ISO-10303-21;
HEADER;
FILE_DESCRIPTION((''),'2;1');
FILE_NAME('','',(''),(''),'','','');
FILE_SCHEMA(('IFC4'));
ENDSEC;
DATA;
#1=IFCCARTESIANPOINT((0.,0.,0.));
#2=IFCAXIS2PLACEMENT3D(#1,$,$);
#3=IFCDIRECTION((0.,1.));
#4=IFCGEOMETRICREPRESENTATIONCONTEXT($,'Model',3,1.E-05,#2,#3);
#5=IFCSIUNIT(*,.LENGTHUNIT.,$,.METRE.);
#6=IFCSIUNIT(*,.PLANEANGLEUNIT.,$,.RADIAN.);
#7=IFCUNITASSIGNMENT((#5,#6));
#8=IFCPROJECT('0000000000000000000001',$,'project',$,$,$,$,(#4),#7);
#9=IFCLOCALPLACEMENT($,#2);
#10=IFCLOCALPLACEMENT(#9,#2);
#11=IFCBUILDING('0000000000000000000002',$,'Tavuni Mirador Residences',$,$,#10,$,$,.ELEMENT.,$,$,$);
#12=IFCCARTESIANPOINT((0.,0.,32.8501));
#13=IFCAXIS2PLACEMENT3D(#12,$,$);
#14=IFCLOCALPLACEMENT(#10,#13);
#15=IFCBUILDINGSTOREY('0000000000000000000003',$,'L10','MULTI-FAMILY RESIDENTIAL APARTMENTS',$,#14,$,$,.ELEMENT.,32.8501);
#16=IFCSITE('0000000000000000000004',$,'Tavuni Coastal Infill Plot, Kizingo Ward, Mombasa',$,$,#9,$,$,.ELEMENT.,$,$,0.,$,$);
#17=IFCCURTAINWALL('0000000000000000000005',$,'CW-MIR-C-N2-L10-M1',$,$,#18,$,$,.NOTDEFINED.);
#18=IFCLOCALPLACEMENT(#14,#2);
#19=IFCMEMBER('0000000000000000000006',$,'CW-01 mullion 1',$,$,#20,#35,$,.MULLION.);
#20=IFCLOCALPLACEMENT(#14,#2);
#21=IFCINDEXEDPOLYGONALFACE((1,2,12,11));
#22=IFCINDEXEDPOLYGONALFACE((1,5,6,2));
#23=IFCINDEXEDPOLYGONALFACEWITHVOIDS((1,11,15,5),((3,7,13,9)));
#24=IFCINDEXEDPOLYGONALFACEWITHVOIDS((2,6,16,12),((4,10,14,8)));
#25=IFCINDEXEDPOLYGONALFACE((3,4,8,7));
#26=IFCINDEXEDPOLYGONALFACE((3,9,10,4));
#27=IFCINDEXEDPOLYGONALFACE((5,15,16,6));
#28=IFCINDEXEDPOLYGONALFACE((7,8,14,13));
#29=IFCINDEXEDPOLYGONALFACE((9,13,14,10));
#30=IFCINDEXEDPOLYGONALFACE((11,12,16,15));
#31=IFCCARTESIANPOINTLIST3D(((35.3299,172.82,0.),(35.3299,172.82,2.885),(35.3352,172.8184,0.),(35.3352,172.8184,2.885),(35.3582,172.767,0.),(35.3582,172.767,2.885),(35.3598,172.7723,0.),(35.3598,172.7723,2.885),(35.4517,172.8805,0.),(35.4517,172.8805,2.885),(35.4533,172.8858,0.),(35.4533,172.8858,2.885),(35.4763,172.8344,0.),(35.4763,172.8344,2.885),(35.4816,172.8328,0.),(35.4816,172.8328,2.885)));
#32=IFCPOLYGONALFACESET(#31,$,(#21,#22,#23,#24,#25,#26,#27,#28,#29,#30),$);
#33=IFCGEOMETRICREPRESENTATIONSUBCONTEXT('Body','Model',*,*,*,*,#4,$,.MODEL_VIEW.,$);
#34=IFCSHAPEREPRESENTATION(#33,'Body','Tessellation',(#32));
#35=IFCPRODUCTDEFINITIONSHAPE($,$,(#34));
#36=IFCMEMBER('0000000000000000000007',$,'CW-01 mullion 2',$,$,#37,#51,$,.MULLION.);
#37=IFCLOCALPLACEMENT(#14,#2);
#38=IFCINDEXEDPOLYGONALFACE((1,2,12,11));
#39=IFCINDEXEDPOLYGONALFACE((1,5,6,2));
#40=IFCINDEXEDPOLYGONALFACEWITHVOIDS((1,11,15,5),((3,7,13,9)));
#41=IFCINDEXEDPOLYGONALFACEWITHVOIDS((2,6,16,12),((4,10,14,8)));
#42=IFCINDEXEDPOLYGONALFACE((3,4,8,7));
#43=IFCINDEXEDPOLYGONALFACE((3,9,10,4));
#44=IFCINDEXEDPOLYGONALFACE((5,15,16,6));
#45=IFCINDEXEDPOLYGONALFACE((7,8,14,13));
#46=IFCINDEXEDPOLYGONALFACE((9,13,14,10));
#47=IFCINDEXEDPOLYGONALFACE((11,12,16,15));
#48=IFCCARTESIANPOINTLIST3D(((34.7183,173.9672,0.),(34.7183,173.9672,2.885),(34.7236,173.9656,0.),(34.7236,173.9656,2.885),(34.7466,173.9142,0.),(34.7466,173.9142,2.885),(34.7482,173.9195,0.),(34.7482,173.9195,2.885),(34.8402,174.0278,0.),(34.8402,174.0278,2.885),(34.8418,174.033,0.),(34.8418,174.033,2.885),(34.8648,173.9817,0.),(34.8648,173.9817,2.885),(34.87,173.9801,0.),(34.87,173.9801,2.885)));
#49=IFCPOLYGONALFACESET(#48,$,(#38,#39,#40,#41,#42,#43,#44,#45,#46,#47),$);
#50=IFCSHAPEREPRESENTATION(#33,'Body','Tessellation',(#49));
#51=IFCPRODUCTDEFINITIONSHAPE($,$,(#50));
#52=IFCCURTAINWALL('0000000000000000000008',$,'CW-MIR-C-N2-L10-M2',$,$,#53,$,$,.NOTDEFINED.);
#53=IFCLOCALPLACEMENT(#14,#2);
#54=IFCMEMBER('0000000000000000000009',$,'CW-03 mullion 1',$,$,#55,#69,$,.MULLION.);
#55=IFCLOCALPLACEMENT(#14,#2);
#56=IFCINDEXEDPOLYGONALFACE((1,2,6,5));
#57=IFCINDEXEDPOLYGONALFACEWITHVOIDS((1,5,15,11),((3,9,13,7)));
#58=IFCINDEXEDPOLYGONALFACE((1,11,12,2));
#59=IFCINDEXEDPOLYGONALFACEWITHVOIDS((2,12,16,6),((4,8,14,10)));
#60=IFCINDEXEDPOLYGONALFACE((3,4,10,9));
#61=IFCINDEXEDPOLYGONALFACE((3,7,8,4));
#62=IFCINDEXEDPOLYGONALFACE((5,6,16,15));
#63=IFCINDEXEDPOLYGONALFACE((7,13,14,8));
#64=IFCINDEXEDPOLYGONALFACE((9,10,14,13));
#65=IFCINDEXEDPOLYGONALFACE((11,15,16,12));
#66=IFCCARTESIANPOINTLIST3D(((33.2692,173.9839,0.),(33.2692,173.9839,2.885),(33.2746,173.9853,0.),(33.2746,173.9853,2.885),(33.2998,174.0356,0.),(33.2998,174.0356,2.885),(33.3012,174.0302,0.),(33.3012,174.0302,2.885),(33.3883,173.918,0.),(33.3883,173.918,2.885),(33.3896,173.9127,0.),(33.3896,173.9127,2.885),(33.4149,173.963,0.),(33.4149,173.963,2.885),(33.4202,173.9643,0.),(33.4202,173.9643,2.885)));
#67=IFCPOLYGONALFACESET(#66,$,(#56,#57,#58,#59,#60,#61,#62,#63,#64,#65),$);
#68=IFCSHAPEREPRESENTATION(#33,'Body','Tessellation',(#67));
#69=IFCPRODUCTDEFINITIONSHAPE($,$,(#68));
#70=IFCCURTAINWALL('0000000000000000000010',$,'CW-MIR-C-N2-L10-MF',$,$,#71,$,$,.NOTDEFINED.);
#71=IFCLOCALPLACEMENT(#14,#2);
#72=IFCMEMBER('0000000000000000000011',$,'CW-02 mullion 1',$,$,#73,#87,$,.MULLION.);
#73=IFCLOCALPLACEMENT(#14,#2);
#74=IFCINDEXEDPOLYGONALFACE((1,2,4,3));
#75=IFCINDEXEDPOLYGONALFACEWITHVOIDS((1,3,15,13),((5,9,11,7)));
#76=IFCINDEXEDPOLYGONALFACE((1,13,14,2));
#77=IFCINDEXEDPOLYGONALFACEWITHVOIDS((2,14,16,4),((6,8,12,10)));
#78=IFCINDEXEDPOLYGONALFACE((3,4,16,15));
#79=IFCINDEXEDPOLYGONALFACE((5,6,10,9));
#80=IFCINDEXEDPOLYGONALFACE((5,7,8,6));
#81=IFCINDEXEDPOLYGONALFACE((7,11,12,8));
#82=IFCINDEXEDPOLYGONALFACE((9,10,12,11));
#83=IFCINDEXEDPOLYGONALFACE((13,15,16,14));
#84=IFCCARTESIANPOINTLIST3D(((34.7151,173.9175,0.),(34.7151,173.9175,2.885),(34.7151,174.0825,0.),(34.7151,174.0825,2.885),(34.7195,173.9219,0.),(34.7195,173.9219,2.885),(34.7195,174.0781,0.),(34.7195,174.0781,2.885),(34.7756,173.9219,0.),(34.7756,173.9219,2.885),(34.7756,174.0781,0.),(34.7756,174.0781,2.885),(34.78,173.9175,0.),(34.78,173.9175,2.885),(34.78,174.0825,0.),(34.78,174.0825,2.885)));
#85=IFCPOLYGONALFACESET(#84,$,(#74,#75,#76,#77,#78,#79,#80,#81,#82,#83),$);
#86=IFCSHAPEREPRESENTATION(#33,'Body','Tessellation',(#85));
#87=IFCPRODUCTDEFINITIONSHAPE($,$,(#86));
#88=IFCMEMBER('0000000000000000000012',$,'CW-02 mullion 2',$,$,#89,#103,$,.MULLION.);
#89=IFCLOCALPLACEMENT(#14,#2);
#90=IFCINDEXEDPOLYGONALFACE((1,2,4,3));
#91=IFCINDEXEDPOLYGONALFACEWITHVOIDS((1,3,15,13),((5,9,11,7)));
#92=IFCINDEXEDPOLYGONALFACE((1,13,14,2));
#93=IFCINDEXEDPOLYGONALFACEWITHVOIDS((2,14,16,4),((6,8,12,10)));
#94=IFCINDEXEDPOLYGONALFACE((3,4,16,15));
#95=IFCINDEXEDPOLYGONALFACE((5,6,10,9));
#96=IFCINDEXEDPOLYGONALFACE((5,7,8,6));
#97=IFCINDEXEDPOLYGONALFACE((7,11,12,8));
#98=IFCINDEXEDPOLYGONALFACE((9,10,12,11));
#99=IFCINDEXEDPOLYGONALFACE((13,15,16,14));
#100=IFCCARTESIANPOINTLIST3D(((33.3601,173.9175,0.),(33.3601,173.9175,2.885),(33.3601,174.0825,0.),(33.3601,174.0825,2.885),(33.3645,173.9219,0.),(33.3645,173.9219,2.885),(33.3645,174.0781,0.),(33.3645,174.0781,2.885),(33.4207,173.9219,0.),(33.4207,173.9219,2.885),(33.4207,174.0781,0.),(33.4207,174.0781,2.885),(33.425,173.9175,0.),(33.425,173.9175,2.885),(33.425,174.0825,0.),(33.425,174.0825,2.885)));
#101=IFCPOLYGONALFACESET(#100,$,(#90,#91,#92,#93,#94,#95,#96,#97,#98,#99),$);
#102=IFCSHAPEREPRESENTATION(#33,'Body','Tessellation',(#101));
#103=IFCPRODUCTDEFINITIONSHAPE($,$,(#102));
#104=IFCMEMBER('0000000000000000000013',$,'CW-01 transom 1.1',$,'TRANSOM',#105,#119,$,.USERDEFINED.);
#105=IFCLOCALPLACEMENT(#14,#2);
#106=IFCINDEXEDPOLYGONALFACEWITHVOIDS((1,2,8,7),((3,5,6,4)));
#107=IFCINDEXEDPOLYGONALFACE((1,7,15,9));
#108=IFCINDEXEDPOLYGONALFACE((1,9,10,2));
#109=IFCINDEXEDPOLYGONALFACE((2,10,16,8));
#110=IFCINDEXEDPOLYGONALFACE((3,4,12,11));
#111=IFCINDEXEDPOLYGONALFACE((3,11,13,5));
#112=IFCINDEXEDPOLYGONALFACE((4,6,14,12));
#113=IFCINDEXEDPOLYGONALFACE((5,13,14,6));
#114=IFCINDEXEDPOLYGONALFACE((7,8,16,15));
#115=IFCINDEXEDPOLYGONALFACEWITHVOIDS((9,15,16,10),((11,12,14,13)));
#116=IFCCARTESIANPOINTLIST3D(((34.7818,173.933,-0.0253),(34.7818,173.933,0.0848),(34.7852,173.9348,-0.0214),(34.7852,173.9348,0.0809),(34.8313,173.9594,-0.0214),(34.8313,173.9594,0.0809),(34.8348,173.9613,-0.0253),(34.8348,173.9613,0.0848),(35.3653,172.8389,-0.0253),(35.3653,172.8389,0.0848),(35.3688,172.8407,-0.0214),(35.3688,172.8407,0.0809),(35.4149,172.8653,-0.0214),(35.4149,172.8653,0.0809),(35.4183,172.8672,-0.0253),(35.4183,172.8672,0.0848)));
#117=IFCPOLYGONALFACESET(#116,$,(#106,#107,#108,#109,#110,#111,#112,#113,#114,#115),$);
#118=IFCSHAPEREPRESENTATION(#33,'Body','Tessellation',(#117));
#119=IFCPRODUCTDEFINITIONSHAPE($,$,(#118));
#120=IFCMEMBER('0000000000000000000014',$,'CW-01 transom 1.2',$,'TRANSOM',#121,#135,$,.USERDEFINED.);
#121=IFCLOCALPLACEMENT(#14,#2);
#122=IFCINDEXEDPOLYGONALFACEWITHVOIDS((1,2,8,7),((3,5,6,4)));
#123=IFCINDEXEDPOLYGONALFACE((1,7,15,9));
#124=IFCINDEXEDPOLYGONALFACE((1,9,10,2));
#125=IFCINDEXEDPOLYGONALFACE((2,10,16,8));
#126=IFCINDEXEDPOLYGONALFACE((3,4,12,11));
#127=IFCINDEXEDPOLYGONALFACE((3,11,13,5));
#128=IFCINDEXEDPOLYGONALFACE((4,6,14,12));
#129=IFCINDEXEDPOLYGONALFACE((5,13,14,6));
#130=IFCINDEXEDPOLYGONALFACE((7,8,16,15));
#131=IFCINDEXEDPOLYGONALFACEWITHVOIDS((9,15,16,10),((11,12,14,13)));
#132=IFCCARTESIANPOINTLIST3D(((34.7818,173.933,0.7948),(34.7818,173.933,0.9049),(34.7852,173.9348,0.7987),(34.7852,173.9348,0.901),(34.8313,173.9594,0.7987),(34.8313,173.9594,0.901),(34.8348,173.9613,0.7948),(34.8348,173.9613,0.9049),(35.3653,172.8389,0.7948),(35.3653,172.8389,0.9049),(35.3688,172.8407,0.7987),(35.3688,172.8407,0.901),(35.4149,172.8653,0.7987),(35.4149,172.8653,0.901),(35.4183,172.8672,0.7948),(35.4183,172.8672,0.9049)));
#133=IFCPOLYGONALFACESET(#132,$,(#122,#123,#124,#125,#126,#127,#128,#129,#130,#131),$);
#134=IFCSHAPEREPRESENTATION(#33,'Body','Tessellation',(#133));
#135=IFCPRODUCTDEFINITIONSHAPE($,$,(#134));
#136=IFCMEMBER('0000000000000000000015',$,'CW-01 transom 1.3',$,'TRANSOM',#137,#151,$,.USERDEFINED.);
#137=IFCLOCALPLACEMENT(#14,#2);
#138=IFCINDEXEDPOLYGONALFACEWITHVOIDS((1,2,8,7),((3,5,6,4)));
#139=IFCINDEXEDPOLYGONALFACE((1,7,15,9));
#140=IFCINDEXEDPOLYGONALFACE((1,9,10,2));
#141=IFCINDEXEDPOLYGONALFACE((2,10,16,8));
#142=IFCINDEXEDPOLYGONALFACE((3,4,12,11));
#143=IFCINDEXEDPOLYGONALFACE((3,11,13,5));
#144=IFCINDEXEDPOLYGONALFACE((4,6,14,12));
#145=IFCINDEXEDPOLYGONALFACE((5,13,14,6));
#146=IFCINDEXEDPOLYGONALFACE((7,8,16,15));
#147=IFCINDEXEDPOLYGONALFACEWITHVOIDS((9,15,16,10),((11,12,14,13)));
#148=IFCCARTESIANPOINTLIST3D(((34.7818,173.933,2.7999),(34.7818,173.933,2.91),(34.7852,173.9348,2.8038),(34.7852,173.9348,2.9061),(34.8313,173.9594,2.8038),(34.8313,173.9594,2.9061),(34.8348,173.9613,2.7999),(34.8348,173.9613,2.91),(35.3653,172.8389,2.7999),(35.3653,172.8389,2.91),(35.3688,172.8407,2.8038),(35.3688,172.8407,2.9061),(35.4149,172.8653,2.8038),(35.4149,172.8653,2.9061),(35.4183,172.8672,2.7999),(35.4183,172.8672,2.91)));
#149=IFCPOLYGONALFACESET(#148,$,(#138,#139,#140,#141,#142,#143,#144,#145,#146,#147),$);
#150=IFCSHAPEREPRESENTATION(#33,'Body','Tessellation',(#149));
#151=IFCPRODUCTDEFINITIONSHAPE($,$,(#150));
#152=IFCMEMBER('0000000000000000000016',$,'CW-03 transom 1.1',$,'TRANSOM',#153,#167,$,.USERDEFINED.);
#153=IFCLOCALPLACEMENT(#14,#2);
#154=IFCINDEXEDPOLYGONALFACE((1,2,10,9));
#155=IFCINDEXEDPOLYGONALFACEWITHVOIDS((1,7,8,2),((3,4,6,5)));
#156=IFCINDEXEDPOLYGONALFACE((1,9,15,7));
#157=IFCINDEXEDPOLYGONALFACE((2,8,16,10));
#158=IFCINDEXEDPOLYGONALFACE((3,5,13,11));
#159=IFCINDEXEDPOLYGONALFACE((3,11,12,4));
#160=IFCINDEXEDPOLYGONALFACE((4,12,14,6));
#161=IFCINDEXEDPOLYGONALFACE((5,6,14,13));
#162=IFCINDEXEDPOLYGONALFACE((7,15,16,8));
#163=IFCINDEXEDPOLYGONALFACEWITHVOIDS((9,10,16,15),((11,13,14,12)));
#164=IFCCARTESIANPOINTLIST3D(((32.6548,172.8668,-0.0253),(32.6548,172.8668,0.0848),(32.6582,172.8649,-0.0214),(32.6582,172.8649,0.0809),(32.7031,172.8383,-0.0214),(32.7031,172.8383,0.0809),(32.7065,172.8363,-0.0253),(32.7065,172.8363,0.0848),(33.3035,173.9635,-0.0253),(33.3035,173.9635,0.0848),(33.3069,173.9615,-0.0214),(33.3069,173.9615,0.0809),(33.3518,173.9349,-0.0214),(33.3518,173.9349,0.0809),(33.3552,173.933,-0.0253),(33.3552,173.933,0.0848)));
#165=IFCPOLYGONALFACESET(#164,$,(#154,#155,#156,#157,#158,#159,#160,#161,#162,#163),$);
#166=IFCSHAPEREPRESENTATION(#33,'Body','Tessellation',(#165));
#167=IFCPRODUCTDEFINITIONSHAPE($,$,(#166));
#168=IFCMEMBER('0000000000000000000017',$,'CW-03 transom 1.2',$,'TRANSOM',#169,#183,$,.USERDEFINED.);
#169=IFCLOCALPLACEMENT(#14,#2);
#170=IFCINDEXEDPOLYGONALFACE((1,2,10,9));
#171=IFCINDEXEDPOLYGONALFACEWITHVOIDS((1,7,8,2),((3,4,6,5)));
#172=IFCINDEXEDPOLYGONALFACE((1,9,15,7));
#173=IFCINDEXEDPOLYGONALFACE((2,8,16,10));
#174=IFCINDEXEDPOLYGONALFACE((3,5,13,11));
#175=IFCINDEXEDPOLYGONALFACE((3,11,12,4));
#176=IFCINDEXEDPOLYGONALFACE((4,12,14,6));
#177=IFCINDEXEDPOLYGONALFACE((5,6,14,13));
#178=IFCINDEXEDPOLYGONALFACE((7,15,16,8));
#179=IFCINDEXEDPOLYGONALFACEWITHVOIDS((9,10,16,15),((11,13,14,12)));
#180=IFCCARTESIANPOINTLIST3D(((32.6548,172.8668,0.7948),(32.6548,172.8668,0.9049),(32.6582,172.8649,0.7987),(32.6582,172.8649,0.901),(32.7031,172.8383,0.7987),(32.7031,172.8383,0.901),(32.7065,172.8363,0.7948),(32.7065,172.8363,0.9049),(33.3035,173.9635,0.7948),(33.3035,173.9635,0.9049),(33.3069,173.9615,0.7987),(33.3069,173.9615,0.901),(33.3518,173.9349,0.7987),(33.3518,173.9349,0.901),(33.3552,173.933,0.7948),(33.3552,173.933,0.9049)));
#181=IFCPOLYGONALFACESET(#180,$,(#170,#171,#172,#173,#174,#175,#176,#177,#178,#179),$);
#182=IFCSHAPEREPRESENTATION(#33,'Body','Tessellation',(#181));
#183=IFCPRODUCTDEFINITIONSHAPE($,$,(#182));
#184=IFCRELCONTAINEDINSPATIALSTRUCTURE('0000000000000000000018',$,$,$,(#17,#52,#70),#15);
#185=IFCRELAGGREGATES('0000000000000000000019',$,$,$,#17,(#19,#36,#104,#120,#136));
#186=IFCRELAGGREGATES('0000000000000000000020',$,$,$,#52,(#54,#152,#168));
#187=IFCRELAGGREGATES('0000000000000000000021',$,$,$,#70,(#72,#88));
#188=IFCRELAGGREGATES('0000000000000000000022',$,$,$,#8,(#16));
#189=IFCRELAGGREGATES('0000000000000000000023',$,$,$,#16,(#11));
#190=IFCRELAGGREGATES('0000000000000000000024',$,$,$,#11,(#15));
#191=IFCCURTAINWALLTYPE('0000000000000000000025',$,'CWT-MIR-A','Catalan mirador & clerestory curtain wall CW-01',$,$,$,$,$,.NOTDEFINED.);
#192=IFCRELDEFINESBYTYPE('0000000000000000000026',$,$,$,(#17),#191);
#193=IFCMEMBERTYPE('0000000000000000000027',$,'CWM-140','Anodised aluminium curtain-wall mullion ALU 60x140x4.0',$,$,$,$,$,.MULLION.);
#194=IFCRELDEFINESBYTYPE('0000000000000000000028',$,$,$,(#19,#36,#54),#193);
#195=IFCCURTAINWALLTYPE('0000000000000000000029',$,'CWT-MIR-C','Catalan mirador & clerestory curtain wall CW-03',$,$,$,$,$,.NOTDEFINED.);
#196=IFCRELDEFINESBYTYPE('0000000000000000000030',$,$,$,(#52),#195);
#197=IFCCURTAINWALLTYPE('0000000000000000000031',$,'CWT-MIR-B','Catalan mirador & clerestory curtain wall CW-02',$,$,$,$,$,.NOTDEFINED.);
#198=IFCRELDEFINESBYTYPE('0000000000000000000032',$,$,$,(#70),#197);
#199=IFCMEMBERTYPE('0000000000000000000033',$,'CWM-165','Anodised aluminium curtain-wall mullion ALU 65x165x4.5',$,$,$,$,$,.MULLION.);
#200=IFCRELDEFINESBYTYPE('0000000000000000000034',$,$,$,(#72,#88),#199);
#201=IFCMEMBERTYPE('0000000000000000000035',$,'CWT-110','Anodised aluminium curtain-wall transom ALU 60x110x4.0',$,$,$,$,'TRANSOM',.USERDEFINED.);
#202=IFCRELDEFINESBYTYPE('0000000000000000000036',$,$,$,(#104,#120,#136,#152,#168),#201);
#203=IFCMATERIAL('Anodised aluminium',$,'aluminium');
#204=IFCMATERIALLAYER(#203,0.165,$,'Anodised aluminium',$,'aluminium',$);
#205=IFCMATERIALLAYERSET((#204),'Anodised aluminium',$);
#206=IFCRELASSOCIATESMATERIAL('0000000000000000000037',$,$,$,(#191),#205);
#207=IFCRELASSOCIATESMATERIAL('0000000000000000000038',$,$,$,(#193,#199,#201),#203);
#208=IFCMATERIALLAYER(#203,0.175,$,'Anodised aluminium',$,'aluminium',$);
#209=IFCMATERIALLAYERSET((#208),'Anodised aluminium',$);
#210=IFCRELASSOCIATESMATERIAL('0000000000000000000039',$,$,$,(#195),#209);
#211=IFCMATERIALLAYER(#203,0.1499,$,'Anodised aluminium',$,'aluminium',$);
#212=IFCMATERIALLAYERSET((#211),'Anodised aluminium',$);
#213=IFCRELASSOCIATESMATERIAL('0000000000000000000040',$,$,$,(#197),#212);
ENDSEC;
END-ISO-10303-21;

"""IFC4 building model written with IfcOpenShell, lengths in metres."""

from ifc_helpers import new_model, si_unit, direction, frame, origin, origin_2d, place, context, subcontext, project, spatial, hollow_rectangle, extrude, material, layer, layer_set, material_profile, profile_set, type_object, element, aggregate, save


model = new_model("IFC4")

# Units and contexts
model_context = context("Model", 3, precision=1e-05, world=origin(), true_north=direction((0.0, 1.0)))
body_context = subcontext(model_context, "Body", "Model", "MODEL_VIEW")
ifc_project = project(units=[si_unit("LENGTHUNIT", "METRE"), si_unit("PLANEANGLEUNIT", "RADIAN")], contexts=[model_context])

# Site, building, storey
site_placement = place(None, origin())
site = spatial("IfcSite", under=ifc_project, at=site_placement, Name="Tavuni Coastal Infill Plot, Kizingo Ward, Mombasa", CompositionType="ELEMENT", RefElevation=0.0)
building_placement = place(site_placement, origin())
building = spatial("IfcBuilding", under=site, at=building_placement, Name="Tavuni Mirador Residences", CompositionType="ELEMENT")
storey_placement = place(building_placement, frame((0.0, 0.0, 32.8501)))
storey = spatial("IfcBuildingStorey", under=building, at=storey_placement, Name="L10", Description="MULTI-FAMILY RESIDENTIAL APARTMENTS", CompositionType="ELEMENT", Elevation=32.8501)

# Curtain wall, members
ifc_material_1 = material(Name="Anodised aluminium", Category="aluminium")
ifc_layer_1 = layer(ifc_material_1, 0.165, Name="Anodised aluminium", Category="aluminium")
ifc_layer_set_1 = layer_set([ifc_layer_1], Name="Anodised aluminium")
curtain_wall_type_1 = type_object("IfcCurtainWallType", Name="CWT-MIR-A", Description="Catalan mirador & clerestory curtain wall CW-01", PredefinedType="NOTDEFINED", material=ifc_layer_set_1)
curtain_wall_1_placement = place(storey_placement, origin())
curtain_wall_1 = element("IfcCurtainWall", 1, at=curtain_wall_1_placement, inside=storey, type_object=curtain_wall_type_1, Name="CW-MIR-C-N2-L10-M1", PredefinedType="NOTDEFINED")
ifc_material_profile_1 = material_profile(ifc_material_1, hollow_rectangle(XDim=0.0601, YDim=0.1399, WallThickness=0.0039, at=origin_2d()), Name="ALU 60x140x4.0", Category="aluminium")
ifc_profile_set_1 = profile_set([ifc_material_profile_1], Name="Anodised aluminium")
member_type_1 = type_object("IfcMemberType", Name="CWM-140", Description="Anodised aluminium curtain-wall mullion ALU 60x140x4.0", PredefinedType="MULLION", material=ifc_profile_set_1)
member_1_placement = place(storey_placement, frame((35.4058, 172.8264, 0.0), z_axis=(0.0, 0.0, 1.0), x_axis=(-0.470588, 0.882353, 0.0)))
member_1 = element("IfcMember", 2, at=member_1_placement, type_object=member_type_1, Name="CW-01 mullion 1", PredefinedType="MULLION", context=body_context, shape_type="SweptSolid", body=[
    extrude(hollow_rectangle(XDim=0.0601, YDim=0.1399, WallThickness=0.0039, at=origin_2d()), origin(), (0.0, 0.0, 1.0), 2.885),
])
member_2_placement = place(storey_placement, frame((34.7942, 173.9736, 0.0), z_axis=(0.0, 0.0, 1.0), x_axis=(-0.470588, 0.882353, 0.0)))
member_2 = element("IfcMember", 3, at=member_2_placement, type_object=member_type_1, Name="CW-01 mullion 2", PredefinedType="MULLION", context=body_context, shape_type="SweptSolid", body=[
    extrude(hollow_rectangle(XDim=0.0601, YDim=0.1399, WallThickness=0.0039, at=origin_2d()), origin(), (0.0, 0.0, 1.0), 2.885),
])

# Curtain wall, member
ifc_layer_2 = layer(ifc_material_1, 0.175, Name="Anodised aluminium", Category="aluminium")
ifc_layer_set_2 = layer_set([ifc_layer_2], Name="Anodised aluminium")
curtain_wall_type_2 = type_object("IfcCurtainWallType", Name="CWT-MIR-C", Description="Catalan mirador & clerestory curtain wall CW-03", PredefinedType="NOTDEFINED", material=ifc_layer_set_2)
curtain_wall_2_placement = place(storey_placement, origin())
curtain_wall_2 = element("IfcCurtainWall", 4, at=curtain_wall_2_placement, inside=storey, type_object=curtain_wall_type_2, Name="CW-MIR-C-N2-L10-M2", PredefinedType="NOTDEFINED")
member_3_placement = place(storey_placement, frame((33.3447, 173.9741, 0.0), z_axis=(0.0, 0.0, 1.0), x_axis=(-0.509212, -0.860641, 0.0)))
member_3 = element("IfcMember", 5, at=member_3_placement, type_object=member_type_1, Name="CW-03 mullion 1", PredefinedType="MULLION", context=body_context, shape_type="SweptSolid", body=[
    extrude(hollow_rectangle(XDim=0.0601, YDim=0.1399, WallThickness=0.0039, at=origin_2d()), origin(), (0.0, 0.0, 1.0), 2.885),
])

# Curtain wall, members
ifc_layer_3 = layer(ifc_material_1, 0.1499, Name="Anodised aluminium", Category="aluminium")
ifc_layer_set_3 = layer_set([ifc_layer_3], Name="Anodised aluminium")
curtain_wall_type_3 = type_object("IfcCurtainWallType", Name="CWT-MIR-B", Description="Catalan mirador & clerestory curtain wall CW-02", PredefinedType="NOTDEFINED", material=ifc_layer_set_3)
curtain_wall_3_placement = place(storey_placement, origin())
curtain_wall_3 = element("IfcCurtainWall", 6, at=curtain_wall_3_placement, inside=storey, type_object=curtain_wall_type_3, Name="CW-MIR-C-N2-L10-MF", PredefinedType="NOTDEFINED")
ifc_material_profile_2 = material_profile(ifc_material_1, hollow_rectangle(XDim=0.0649, YDim=0.165, WallThickness=0.0044, at=origin_2d()), Name="ALU 65x165x4.5", Category="aluminium")
ifc_profile_set_2 = profile_set([ifc_material_profile_2], Name="Anodised aluminium")
member_type_2 = type_object("IfcMemberType", Name="CWM-165", Description="Anodised aluminium curtain-wall mullion ALU 65x165x4.5", PredefinedType="MULLION", material=ifc_profile_set_2)
member_4_placement = place(storey_placement, frame((34.7476, 174.0, 0.0), z_axis=(0.0, 0.0, 1.0), x_axis=(-1.0, 0.0, 0.0)))
member_4 = element("IfcMember", 7, at=member_4_placement, type_object=member_type_2, Name="CW-02 mullion 1", PredefinedType="MULLION", context=body_context, shape_type="SweptSolid", body=[
    extrude(hollow_rectangle(XDim=0.0649, YDim=0.165, WallThickness=0.0044, at=origin_2d()), origin(), (0.0, 0.0, 1.0), 2.885),
])
member_5_placement = place(storey_placement, frame((33.3926, 174.0, 0.0), z_axis=(0.0, 0.0, 1.0), x_axis=(-1.0, 0.0, 0.0)))
member_5 = element("IfcMember", 8, at=member_5_placement, type_object=member_type_2, Name="CW-02 mullion 2", PredefinedType="MULLION", context=body_context, shape_type="SweptSolid", body=[
    extrude(hollow_rectangle(XDim=0.0649, YDim=0.165, WallThickness=0.0044, at=origin_2d()), origin(), (0.0, 0.0, 1.0), 2.885),
])

# Members
ifc_material_profile_3 = material_profile(ifc_material_1, hollow_rectangle(XDim=0.0601, YDim=0.1101, WallThickness=0.0039, at=origin_2d()), Name="ALU 60x110x4.0", Category="aluminium")
ifc_profile_set_3 = profile_set([ifc_material_profile_3], Name="Anodised aluminium")
member_type_3 = type_object("IfcMemberType", Name="CWT-110", Description="Anodised aluminium curtain-wall transom ALU 60x110x4.0", ElementType="TRANSOM", PredefinedType="USERDEFINED", material=ifc_profile_set_3)
member_6_placement = place(storey_placement, frame((35.3918, 172.853, 0.0298), z_axis=(-0.470609, 0.882342, 0.0), x_axis=(-0.882342, -0.470609, 0.0)))
member_6 = element("IfcMember", 9, at=member_6_placement, type_object=member_type_3, Name="CW-01 transom 1.1", ObjectType="TRANSOM", PredefinedType="USERDEFINED", context=body_context, shape_type="SweptSolid", body=[
    extrude(hollow_rectangle(XDim=0.0601, YDim=0.1101, WallThickness=0.0039, at=origin_2d()), origin(), (0.0, 0.0, 1.0), 1.24),
])
member_7_placement = place(storey_placement, frame((35.3918, 172.853, 0.8499), z_axis=(-0.470609, 0.882342, 0.0), x_axis=(-0.882342, -0.470609, 0.0)))
member_7 = element("IfcMember", 10, at=member_7_placement, type_object=member_type_3, Name="CW-01 transom 1.2", ObjectType="TRANSOM", PredefinedType="USERDEFINED", context=body_context, shape_type="SweptSolid", body=[
    extrude(hollow_rectangle(XDim=0.0601, YDim=0.1101, WallThickness=0.0039, at=origin_2d()), origin(), (0.0, 0.0, 1.0), 1.24),
])
member_8_placement = place(storey_placement, frame((35.3918, 172.853, 2.855), z_axis=(-0.470609, 0.882342, 0.0), x_axis=(-0.882342, -0.470609, 0.0)))
member_8 = element("IfcMember", 11, at=member_8_placement, type_object=member_type_3, Name="CW-01 transom 1.3", ObjectType="TRANSOM", PredefinedType="USERDEFINED", context=body_context, shape_type="SweptSolid", body=[
    extrude(hollow_rectangle(XDim=0.0601, YDim=0.1101, WallThickness=0.0039, at=origin_2d()), origin(), (0.0, 0.0, 1.0), 1.24),
])
member_9_placement = place(storey_placement, frame((33.3293, 173.9482, 0.0298), z_axis=(-0.509104, -0.860705, 0.0), x_axis=(0.860705, -0.509104, 0.0)))
member_9 = element("IfcMember", 12, at=member_9_placement, type_object=member_type_3, Name="CW-03 transom 1.1", ObjectType="TRANSOM", PredefinedType="USERDEFINED", context=body_context, shape_type="SweptSolid", body=[
    extrude(hollow_rectangle(XDim=0.0601, YDim=0.1101, WallThickness=0.0039, at=origin_2d()), origin(), (0.0, 0.0, 1.0), 1.2742),
])
member_10_placement = place(storey_placement, frame((33.3293, 173.9482, 0.8499), z_axis=(-0.509104, -0.860705, 0.0), x_axis=(0.860705, -0.509104, 0.0)))
member_10 = element("IfcMember", 13, at=member_10_placement, type_object=member_type_3, Name="CW-03 transom 1.2", ObjectType="TRANSOM", PredefinedType="USERDEFINED", context=body_context, shape_type="SweptSolid", body=[
    extrude(hollow_rectangle(XDim=0.0601, YDim=0.1101, WallThickness=0.0039, at=origin_2d()), origin(), (0.0, 0.0, 1.0), 1.2742),
])

aggregate(curtain_wall_1, [member_1, member_2, member_6, member_7, member_8])
aggregate(curtain_wall_2, [member_3, member_9, member_10])
aggregate(curtain_wall_3, [member_4, member_5])

save(model, "model.ifc")
